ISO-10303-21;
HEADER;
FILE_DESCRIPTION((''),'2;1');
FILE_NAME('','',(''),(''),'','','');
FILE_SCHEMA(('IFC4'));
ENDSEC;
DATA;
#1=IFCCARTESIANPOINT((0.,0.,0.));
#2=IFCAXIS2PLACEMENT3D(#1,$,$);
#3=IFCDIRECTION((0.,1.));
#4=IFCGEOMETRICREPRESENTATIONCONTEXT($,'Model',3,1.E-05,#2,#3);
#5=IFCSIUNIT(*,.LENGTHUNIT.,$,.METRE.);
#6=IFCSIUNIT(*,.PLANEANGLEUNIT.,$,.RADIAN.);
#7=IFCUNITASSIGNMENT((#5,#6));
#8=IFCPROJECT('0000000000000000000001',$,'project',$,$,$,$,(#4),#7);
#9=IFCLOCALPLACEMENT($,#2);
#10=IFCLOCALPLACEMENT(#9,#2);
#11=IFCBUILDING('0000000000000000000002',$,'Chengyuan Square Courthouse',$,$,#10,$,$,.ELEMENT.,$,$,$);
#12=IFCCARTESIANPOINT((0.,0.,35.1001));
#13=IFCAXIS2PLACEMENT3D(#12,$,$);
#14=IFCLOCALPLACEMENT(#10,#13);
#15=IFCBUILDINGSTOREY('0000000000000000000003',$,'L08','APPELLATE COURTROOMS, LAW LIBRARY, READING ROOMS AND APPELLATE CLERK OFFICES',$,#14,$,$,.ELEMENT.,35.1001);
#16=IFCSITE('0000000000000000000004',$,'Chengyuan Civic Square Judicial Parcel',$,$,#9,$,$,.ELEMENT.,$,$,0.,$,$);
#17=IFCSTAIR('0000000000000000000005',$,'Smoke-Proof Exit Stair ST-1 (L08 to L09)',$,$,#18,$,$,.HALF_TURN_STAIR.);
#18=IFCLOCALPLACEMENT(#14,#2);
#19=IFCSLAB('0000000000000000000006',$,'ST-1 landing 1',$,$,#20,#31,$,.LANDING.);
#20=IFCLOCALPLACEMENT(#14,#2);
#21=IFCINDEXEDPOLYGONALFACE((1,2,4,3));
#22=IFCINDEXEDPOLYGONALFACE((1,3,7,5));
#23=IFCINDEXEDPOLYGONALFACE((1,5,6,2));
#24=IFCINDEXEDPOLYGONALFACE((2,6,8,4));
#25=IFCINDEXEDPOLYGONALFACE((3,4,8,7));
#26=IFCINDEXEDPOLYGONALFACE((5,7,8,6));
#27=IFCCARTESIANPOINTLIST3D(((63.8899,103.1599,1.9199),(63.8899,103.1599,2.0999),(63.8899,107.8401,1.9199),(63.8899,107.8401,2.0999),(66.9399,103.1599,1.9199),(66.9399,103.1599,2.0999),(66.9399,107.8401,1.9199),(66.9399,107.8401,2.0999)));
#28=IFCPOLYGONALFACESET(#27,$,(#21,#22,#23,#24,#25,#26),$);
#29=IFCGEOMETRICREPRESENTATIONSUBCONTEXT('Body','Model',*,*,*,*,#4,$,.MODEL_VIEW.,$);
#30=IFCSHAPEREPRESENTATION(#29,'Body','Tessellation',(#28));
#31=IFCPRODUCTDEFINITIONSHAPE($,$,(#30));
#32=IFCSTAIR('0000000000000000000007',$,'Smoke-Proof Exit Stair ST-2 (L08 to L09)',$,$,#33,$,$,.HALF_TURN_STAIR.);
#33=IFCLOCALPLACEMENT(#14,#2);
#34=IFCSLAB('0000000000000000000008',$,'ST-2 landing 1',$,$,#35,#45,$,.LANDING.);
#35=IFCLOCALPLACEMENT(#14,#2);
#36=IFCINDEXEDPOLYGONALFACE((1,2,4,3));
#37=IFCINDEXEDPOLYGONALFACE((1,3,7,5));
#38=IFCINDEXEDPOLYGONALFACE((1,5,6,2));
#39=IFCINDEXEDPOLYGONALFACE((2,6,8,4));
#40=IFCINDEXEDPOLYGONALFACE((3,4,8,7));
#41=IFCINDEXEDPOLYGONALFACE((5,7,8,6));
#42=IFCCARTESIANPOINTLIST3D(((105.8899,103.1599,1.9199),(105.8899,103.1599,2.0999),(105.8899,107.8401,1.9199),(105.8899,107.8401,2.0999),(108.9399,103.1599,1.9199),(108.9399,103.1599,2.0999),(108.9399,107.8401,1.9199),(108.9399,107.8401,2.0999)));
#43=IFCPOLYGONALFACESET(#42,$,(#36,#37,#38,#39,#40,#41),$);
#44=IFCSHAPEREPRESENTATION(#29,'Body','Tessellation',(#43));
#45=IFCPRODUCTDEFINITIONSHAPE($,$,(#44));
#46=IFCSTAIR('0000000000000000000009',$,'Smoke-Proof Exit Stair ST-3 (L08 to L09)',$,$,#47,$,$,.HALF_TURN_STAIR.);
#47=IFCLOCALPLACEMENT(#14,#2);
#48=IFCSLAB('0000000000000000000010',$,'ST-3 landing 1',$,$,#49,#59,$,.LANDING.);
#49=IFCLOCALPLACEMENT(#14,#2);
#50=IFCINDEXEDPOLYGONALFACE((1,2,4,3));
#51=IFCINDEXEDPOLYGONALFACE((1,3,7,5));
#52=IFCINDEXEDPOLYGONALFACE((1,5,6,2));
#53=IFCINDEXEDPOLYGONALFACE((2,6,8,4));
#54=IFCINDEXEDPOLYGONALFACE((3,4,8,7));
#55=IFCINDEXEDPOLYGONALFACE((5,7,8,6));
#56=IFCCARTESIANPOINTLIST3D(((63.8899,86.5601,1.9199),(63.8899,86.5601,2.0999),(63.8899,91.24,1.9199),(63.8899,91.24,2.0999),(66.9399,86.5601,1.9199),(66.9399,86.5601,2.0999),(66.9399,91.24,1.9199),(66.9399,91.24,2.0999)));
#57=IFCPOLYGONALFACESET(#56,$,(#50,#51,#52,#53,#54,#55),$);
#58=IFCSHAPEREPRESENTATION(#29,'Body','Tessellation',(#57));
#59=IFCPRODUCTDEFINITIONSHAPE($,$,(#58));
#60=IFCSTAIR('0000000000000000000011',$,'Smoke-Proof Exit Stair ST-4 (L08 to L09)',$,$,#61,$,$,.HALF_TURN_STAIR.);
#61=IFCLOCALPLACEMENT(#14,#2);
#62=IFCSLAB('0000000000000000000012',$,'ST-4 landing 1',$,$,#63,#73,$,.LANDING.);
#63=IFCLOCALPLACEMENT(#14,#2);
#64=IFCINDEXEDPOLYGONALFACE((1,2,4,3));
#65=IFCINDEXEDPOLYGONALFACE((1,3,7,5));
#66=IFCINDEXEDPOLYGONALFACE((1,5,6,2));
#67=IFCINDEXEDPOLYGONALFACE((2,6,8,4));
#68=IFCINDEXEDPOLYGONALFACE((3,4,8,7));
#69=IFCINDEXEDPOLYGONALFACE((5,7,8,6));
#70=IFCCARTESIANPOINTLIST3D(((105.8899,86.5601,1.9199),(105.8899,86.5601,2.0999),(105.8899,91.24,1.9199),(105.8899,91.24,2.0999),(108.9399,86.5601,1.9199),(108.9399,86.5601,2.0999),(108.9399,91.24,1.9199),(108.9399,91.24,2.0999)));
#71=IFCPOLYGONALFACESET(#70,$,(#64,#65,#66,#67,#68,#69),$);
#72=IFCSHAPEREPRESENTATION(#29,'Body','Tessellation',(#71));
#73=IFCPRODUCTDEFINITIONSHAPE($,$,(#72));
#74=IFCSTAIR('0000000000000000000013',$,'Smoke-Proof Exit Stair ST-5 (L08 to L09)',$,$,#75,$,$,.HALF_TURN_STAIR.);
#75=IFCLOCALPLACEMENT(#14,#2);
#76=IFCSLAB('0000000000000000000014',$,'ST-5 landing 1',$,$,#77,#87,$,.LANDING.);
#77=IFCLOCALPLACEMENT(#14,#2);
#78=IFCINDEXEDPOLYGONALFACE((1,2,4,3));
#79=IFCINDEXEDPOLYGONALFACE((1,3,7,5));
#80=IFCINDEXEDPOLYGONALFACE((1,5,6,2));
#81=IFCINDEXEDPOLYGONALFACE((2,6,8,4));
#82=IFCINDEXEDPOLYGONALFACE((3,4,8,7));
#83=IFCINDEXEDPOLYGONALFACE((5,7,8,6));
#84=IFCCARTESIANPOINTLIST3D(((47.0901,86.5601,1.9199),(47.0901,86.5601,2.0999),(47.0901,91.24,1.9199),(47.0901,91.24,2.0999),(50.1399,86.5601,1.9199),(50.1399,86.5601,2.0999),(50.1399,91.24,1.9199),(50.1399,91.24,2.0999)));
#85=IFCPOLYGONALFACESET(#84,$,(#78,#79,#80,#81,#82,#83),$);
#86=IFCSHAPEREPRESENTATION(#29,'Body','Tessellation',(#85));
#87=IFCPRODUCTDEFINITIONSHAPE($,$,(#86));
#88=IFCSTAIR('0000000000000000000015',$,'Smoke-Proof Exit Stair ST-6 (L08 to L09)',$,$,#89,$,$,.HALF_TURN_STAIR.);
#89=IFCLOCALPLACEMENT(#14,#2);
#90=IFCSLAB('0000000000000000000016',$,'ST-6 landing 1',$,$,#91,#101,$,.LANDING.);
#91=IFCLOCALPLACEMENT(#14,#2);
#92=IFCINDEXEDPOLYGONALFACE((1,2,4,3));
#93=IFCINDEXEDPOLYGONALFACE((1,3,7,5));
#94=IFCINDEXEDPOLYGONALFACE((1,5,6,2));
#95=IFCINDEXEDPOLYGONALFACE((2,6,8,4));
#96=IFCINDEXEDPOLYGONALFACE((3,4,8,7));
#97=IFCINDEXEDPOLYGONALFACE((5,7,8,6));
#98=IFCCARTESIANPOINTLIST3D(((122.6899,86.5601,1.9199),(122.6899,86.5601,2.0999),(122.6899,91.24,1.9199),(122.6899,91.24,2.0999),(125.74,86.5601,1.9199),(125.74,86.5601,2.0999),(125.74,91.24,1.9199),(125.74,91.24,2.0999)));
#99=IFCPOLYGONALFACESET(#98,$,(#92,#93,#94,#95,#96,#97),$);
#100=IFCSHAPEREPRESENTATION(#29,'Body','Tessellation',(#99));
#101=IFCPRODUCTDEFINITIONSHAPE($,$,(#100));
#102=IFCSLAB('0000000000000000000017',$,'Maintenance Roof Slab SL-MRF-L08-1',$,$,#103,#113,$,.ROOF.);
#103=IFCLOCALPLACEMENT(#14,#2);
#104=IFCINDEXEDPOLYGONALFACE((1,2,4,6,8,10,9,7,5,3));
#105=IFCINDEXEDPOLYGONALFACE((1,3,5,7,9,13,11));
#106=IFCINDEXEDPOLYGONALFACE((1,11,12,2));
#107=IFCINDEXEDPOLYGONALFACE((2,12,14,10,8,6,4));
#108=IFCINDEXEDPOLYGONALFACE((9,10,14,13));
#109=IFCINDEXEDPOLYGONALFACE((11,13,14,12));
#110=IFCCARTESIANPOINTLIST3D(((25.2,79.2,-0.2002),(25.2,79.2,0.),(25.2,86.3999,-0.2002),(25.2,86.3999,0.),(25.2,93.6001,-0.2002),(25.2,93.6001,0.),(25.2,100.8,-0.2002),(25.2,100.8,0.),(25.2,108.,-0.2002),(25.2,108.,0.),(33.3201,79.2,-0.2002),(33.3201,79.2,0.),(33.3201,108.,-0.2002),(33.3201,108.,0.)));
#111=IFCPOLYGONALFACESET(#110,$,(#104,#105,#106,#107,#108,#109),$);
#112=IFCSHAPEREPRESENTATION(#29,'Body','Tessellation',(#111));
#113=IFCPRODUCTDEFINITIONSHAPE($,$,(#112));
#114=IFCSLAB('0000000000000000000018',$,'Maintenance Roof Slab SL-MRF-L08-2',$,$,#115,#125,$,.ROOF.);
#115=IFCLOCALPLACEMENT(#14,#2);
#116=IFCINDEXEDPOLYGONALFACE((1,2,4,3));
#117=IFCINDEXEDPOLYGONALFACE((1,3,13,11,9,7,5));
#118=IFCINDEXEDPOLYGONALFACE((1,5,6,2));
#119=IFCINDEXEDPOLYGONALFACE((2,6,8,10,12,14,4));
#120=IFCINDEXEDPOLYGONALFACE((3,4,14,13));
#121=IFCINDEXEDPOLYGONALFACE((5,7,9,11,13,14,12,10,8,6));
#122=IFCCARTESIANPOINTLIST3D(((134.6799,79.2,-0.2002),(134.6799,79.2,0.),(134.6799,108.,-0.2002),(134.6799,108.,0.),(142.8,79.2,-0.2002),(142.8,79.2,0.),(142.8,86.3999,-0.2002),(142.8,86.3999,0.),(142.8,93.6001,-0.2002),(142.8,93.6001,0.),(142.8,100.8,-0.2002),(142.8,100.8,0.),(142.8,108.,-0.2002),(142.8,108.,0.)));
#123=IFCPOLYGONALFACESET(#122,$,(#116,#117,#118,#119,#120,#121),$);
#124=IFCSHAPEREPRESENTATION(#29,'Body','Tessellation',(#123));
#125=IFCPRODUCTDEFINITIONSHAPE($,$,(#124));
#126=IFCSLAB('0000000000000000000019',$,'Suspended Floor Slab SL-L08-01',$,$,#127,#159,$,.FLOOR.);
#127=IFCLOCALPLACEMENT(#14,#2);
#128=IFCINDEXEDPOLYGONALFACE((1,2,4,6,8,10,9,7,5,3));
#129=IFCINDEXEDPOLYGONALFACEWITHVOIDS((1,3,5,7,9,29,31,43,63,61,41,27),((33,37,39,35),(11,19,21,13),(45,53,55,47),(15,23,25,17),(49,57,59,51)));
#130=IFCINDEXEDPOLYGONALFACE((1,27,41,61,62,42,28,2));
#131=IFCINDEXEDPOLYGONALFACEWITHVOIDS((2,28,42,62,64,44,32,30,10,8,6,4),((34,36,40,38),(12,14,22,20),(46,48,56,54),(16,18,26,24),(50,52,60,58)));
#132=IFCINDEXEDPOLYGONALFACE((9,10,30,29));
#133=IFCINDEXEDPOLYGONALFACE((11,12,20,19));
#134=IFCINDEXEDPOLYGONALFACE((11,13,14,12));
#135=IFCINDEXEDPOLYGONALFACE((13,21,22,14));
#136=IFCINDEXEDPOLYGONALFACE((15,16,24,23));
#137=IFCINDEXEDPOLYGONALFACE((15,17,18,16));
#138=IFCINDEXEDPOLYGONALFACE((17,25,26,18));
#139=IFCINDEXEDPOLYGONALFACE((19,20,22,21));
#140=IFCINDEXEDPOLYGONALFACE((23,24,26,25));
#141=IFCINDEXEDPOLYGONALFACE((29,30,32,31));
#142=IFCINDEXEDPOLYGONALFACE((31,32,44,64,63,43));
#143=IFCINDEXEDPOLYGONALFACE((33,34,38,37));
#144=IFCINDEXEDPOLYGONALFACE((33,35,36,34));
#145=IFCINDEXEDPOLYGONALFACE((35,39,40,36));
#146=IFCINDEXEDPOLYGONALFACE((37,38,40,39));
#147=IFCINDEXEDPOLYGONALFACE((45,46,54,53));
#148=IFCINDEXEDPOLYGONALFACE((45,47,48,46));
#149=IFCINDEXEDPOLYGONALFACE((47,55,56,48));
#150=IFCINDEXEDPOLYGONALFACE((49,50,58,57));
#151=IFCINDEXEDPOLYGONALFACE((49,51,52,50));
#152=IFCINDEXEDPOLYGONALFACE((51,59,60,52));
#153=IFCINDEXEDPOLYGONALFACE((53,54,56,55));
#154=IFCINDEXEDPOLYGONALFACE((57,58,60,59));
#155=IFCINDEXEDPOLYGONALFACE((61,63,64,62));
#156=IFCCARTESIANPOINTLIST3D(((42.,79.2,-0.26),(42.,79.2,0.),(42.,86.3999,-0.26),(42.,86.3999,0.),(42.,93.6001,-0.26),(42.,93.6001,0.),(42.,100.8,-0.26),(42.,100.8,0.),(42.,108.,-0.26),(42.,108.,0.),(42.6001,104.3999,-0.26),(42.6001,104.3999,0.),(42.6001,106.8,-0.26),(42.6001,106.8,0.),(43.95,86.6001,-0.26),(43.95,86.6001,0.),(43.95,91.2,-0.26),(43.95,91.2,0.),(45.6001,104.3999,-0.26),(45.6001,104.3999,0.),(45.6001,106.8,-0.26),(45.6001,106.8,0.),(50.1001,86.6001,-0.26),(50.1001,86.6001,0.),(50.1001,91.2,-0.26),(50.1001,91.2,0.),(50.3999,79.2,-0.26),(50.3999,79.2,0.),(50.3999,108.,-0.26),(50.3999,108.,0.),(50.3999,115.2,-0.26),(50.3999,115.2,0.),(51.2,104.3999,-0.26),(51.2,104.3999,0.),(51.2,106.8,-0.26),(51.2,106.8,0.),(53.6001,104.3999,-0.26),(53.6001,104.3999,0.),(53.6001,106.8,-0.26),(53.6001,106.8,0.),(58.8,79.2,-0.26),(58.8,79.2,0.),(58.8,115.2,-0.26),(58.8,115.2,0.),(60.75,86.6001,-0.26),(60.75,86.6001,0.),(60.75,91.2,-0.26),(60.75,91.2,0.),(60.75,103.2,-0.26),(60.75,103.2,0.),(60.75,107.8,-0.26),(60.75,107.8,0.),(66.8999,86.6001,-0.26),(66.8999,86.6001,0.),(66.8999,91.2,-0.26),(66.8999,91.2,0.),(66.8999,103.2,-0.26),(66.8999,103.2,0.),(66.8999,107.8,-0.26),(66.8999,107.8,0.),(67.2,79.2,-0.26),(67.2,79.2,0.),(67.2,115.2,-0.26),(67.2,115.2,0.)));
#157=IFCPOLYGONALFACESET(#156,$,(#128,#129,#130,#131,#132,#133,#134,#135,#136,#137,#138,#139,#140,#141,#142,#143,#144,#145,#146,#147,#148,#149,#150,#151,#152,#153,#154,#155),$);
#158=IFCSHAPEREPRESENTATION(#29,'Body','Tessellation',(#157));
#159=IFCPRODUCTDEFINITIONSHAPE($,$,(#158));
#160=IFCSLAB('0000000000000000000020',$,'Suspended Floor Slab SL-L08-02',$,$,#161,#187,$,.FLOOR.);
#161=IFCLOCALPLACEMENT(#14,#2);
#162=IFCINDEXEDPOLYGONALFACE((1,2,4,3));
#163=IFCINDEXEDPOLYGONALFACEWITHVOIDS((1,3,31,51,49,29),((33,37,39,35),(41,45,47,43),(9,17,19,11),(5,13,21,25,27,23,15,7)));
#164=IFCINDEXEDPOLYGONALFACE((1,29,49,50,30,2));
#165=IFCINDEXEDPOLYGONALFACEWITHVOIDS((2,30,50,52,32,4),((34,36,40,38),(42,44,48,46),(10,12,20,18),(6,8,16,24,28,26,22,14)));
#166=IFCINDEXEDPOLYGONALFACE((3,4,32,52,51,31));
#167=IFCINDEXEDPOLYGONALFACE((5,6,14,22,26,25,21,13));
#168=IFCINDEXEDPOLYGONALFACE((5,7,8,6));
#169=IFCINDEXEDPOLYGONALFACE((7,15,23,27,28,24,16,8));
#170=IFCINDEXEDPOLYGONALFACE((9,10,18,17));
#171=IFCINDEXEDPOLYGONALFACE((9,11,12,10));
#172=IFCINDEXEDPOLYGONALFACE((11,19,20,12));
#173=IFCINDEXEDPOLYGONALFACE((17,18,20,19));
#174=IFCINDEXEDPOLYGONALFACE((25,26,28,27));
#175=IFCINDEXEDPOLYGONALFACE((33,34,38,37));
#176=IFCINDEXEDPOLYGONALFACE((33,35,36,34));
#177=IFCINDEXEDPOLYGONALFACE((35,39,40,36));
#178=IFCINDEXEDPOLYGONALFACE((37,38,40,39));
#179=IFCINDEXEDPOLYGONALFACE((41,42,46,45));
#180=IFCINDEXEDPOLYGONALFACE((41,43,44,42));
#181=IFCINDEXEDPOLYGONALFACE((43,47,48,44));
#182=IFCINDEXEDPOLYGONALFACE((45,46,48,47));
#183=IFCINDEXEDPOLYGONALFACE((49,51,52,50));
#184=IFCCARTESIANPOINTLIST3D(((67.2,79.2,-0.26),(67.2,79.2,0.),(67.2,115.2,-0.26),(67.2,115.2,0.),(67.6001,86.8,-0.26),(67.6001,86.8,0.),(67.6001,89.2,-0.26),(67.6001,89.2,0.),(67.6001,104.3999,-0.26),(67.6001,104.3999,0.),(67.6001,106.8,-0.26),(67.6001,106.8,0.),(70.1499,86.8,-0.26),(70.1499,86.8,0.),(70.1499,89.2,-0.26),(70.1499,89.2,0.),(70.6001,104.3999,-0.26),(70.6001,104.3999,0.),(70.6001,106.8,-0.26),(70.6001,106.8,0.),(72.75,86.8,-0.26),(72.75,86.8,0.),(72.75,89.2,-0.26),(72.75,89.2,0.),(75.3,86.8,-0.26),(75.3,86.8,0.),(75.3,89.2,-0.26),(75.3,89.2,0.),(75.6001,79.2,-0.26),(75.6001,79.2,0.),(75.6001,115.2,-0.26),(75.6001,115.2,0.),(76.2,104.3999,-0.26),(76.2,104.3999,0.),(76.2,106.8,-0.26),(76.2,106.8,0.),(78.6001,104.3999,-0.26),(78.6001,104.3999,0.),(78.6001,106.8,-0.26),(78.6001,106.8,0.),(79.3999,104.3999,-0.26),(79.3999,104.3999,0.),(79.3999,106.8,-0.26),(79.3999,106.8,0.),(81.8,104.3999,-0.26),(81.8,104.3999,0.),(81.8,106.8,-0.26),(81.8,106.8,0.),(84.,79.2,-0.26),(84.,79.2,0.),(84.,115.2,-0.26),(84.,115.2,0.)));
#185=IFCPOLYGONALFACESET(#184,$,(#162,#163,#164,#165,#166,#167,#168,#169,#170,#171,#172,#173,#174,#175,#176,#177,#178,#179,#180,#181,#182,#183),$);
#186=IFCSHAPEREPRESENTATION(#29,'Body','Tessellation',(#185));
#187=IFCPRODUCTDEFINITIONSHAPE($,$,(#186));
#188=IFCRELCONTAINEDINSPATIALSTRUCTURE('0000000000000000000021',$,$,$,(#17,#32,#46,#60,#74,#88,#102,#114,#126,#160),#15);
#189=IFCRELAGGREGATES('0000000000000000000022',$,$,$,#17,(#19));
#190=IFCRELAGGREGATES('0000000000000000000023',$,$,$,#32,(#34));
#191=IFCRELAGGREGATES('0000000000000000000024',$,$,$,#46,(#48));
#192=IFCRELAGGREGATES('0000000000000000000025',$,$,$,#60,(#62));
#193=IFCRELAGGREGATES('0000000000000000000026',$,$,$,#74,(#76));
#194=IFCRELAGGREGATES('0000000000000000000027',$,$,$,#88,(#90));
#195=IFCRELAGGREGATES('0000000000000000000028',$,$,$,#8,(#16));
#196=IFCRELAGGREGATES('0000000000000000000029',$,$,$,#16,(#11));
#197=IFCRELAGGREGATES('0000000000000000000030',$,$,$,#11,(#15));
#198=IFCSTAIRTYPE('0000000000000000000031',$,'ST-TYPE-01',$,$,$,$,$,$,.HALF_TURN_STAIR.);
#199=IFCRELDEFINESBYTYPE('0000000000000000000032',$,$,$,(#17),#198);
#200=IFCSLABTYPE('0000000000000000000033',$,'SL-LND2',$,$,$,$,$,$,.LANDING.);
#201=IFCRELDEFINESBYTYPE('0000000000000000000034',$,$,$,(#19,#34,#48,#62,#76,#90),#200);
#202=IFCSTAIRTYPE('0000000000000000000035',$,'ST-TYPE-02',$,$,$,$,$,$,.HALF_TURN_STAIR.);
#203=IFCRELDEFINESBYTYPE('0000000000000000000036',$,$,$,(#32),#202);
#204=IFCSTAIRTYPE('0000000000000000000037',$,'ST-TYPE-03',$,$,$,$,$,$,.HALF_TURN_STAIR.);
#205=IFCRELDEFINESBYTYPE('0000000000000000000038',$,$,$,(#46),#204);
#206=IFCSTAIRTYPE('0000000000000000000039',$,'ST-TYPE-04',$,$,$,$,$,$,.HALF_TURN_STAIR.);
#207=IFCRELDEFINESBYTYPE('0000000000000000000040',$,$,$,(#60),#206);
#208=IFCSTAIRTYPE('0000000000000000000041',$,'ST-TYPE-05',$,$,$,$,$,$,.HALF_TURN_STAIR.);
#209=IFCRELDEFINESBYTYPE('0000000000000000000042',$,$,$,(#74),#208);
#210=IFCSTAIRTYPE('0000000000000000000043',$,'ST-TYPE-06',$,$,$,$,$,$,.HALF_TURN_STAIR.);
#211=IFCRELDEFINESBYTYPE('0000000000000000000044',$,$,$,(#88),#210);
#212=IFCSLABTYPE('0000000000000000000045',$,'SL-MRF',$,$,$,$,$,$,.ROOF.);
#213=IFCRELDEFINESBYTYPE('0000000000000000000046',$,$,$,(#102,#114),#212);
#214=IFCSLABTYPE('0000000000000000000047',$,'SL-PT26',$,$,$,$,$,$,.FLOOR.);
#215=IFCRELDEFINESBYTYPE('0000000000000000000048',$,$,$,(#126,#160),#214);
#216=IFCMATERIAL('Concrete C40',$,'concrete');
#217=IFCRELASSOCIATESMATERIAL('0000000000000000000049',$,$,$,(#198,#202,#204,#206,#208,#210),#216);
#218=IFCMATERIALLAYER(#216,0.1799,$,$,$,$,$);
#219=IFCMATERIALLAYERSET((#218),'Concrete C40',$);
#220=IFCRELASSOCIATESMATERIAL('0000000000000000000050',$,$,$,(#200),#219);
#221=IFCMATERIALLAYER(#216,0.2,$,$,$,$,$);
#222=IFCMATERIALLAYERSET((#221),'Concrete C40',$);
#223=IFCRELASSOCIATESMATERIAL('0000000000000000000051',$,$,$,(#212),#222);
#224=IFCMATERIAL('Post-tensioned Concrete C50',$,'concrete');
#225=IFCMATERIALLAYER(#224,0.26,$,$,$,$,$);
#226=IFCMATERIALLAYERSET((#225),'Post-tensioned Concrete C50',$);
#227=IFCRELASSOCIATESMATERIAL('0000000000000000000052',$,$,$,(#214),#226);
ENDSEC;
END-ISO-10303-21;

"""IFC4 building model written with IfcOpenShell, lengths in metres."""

from ifc_helpers import new_model, si_unit, direction, frame, origin, place, context, subcontext, project, spatial, polyline, outline, extrude, material, layer, layer_set, type_object, element, aggregate, save


model = new_model("IFC4")

# Units and contexts
model_context = context("Model", 3, precision=1e-05, world=origin(), true_north=direction((0.0, 1.0)))
body_context = subcontext(model_context, "Body", "Model", "MODEL_VIEW")
ifc_project = project(units=[si_unit("LENGTHUNIT", "METRE"), si_unit("PLANEANGLEUNIT", "RADIAN")], contexts=[model_context])

# Site, building, storey
site_placement = place(None, origin())
site = spatial("IfcSite", under=ifc_project, at=site_placement, Name="Chengyuan Civic Square Judicial Parcel", CompositionType="ELEMENT", RefElevation=0.0)
building_placement = place(site_placement, origin())
building = spatial("IfcBuilding", under=site, at=building_placement, Name="Chengyuan Square Courthouse", CompositionType="ELEMENT")
storey_placement = place(building_placement, frame((0.0, 0.0, 35.1001)))
storey = spatial("IfcBuildingStorey", under=building, at=storey_placement, Name="L08", Description="APPELLATE COURTROOMS, LAW LIBRARY, READING ROOMS AND APPELLATE CLERK OFFICES", CompositionType="ELEMENT", Elevation=35.1001)

# Stairs, slabs
ifc_material_1 = material(Name="Concrete C40", Category="concrete")
stair_type_1 = type_object("IfcStairType", Name="ST-TYPE-01", PredefinedType="HALF_TURN_STAIR", material=ifc_material_1)
stair_1_placement = place(storey_placement, origin())
stair_1 = element("IfcStair", 1, at=stair_1_placement, inside=storey, type_object=stair_type_1, Name="Smoke-Proof Exit Stair ST-1 (L08 to L09)", PredefinedType="HALF_TURN_STAIR")
ifc_layer_1 = layer(ifc_material_1, 0.1799)
ifc_layer_set_1 = layer_set([ifc_layer_1], Name="Concrete C40")
slab_type_1 = type_object("IfcSlabType", Name="SL-LND2", PredefinedType="LANDING", material=ifc_layer_set_1)
slab_1_placement = place(storey_placement, frame((0.0, 0.0, 1.9199)))
slab_1 = element("IfcSlab", 2, at=slab_1_placement, type_object=slab_type_1, Name="ST-1 landing 1", PredefinedType="LANDING", context=body_context, shape_type="SweptSolid", body=[
    extrude(outline(polyline([(63.8899, 103.1599), (66.9399, 103.1599), (66.9399, 107.8401), (63.8899, 107.8401), (63.8899, 103.1599)])), origin(), (0.0, 0.0, 1.0), 0.1799),
])
aggregate(stair_1, [slab_1])
stair_type_2 = type_object("IfcStairType", Name="ST-TYPE-02", PredefinedType="HALF_TURN_STAIR", material=ifc_material_1)
stair_2_placement = place(storey_placement, origin())
stair_2 = element("IfcStair", 3, at=stair_2_placement, inside=storey, type_object=stair_type_2, Name="Smoke-Proof Exit Stair ST-2 (L08 to L09)", PredefinedType="HALF_TURN_STAIR")
slab_2_placement = place(storey_placement, frame((0.0, 0.0, 1.9199)))
slab_2 = element("IfcSlab", 4, at=slab_2_placement, type_object=slab_type_1, Name="ST-2 landing 1", PredefinedType="LANDING", context=body_context, shape_type="SweptSolid", body=[
    extrude(outline(polyline([(105.8899, 103.1599), (108.9399, 103.1599), (108.9399, 107.8401), (105.8899, 107.8401), (105.8899, 103.1599)])), origin(), (0.0, 0.0, 1.0), 0.1799),
])
aggregate(stair_2, [slab_2])
stair_type_3 = type_object("IfcStairType", Name="ST-TYPE-03", PredefinedType="HALF_TURN_STAIR", material=ifc_material_1)
stair_3_placement = place(storey_placement, origin())
stair_3 = element("IfcStair", 5, at=stair_3_placement, inside=storey, type_object=stair_type_3, Name="Smoke-Proof Exit Stair ST-3 (L08 to L09)", PredefinedType="HALF_TURN_STAIR")
slab_3_placement = place(storey_placement, frame((0.0, 0.0, 1.9199)))
slab_3 = element("IfcSlab", 6, at=slab_3_placement, type_object=slab_type_1, Name="ST-3 landing 1", PredefinedType="LANDING", context=body_context, shape_type="SweptSolid", body=[
    extrude(outline(polyline([(63.8899, 86.5601), (66.9399, 86.5601), (66.9399, 91.24), (63.8899, 91.24), (63.8899, 86.5601)])), origin(), (0.0, 0.0, 1.0), 0.1799),
])
aggregate(stair_3, [slab_3])
stair_type_4 = type_object("IfcStairType", Name="ST-TYPE-04", PredefinedType="HALF_TURN_STAIR", material=ifc_material_1)
stair_4_placement = place(storey_placement, origin())
stair_4 = element("IfcStair", 7, at=stair_4_placement, inside=storey, type_object=stair_type_4, Name="Smoke-Proof Exit Stair ST-4 (L08 to L09)", PredefinedType="HALF_TURN_STAIR")
slab_4_placement = place(storey_placement, frame((0.0, 0.0, 1.9199)))
slab_4 = element("IfcSlab", 8, at=slab_4_placement, type_object=slab_type_1, Name="ST-4 landing 1", PredefinedType="LANDING", context=body_context, shape_type="SweptSolid", body=[
    extrude(outline(polyline([(105.8899, 86.5601), (108.9399, 86.5601), (108.9399, 91.24), (105.8899, 91.24), (105.8899, 86.5601)])), origin(), (0.0, 0.0, 1.0), 0.1799),
])
aggregate(stair_4, [slab_4])
stair_type_5 = type_object("IfcStairType", Name="ST-TYPE-05", PredefinedType="HALF_TURN_STAIR", material=ifc_material_1)
stair_5_placement = place(storey_placement, origin())
stair_5 = element("IfcStair", 9, at=stair_5_placement, inside=storey, type_object=stair_type_5, Name="Smoke-Proof Exit Stair ST-5 (L08 to L09)", PredefinedType="HALF_TURN_STAIR")
slab_5_placement = place(storey_placement, frame((0.0, 0.0, 1.9199)))
slab_5 = element("IfcSlab", 10, at=slab_5_placement, type_object=slab_type_1, Name="ST-5 landing 1", PredefinedType="LANDING", context=body_context, shape_type="SweptSolid", body=[
    extrude(outline(polyline([(47.0901, 86.5601), (50.1399, 86.5601), (50.1399, 91.24), (47.0901, 91.24), (47.0901, 86.5601)])), origin(), (0.0, 0.0, 1.0), 0.1799),
])
aggregate(stair_5, [slab_5])
stair_type_6 = type_object("IfcStairType", Name="ST-TYPE-06", PredefinedType="HALF_TURN_STAIR", material=ifc_material_1)
stair_6_placement = place(storey_placement, origin())
stair_6 = element("IfcStair", 11, at=stair_6_placement, inside=storey, type_object=stair_type_6, Name="Smoke-Proof Exit Stair ST-6 (L08 to L09)", PredefinedType="HALF_TURN_STAIR")
slab_6_placement = place(storey_placement, frame((0.0, 0.0, 1.9199)))
slab_6 = element("IfcSlab", 12, at=slab_6_placement, type_object=slab_type_1, Name="ST-6 landing 1", PredefinedType="LANDING", context=body_context, shape_type="SweptSolid", body=[
    extrude(outline(polyline([(122.6899, 86.5601), (125.74, 86.5601), (125.74, 91.24), (122.6899, 91.24), (122.6899, 86.5601)])), origin(), (0.0, 0.0, 1.0), 0.1799),
])
aggregate(stair_6, [slab_6])

# Slabs
ifc_layer_2 = layer(ifc_material_1, 0.2)
ifc_layer_set_2 = layer_set([ifc_layer_2], Name="Concrete C40")
slab_type_2 = type_object("IfcSlabType", Name="SL-MRF", PredefinedType="ROOF", material=ifc_layer_set_2)
slab_7_placement = place(storey_placement, frame((0.0, 0.0, -0.2002)))
element("IfcSlab", 13, at=slab_7_placement, inside=storey, type_object=slab_type_2, Name="Maintenance Roof Slab SL-MRF-L08-1", PredefinedType="ROOF", context=body_context, shape_type="SweptSolid", body=[
    extrude(outline(polyline([(25.2, 86.3999), (25.2, 93.6001), (25.2, 100.8), (25.2, 108.0), (33.3201, 108.0), (33.3201, 79.2), (25.2, 79.2), (25.2, 86.3999)])), origin(), (0.0, 0.0, 1.0), 0.2002),
])
slab_8_placement = place(storey_placement, frame((0.0, 0.0, -0.2002)))
element("IfcSlab", 14, at=slab_8_placement, inside=storey, type_object=slab_type_2, Name="Maintenance Roof Slab SL-MRF-L08-2", PredefinedType="ROOF", context=body_context, shape_type="SweptSolid", body=[
    extrude(outline(polyline([(142.8, 108.0), (142.8, 100.8), (142.8, 93.6001), (142.8, 86.3999), (142.8, 79.2), (134.6799, 79.2), (134.6799, 108.0), (142.8, 108.0)])), origin(), (0.0, 0.0, 1.0), 0.2002),
])
ifc_material_2 = material(Name="Post-tensioned Concrete C50", Category="concrete")
ifc_layer_3 = layer(ifc_material_2, 0.26)
ifc_layer_set_3 = layer_set([ifc_layer_3], Name="Post-tensioned Concrete C50")
slab_type_3 = type_object("IfcSlabType", Name="SL-PT26", PredefinedType="FLOOR", material=ifc_layer_set_3)
slab_9_placement = place(storey_placement, frame((0.0, 0.0, -0.26)))
element("IfcSlab", 15, at=slab_9_placement, inside=storey, type_object=slab_type_3, Name="Suspended Floor Slab SL-L08-01", PredefinedType="FLOOR", context=body_context, shape_type="SweptSolid", body=[
    extrude(outline(polyline([(50.3999, 115.2), (58.8, 115.2), (67.2, 115.2), (67.2, 79.2), (58.8, 79.2), (50.3999, 79.2), (42.0, 79.2), (42.0, 86.3999), (42.0, 93.6001), (42.0, 100.8), (42.0, 108.0), (50.3999, 108.0), (50.3999, 115.2)]), holes=[polyline([(50.1001, 91.2), (43.95, 91.2), (43.95, 86.6001), (50.1001, 86.6001), (50.1001, 91.2)]), polyline([(66.8999, 91.2), (60.75, 91.2), (60.75, 86.6001), (66.8999, 86.6001), (66.8999, 91.2)]), polyline([(60.75, 107.8), (60.75, 103.2), (66.8999, 103.2), (66.8999, 107.8), (60.75, 107.8)]), polyline([(45.6001, 106.8), (42.6001, 106.8), (42.6001, 104.3999), (45.6001, 104.3999), (45.6001, 106.8)]), polyline([(53.6001, 106.8), (51.2, 106.8), (51.2, 104.3999), (53.6001, 104.3999), (53.6001, 106.8)])]), origin(), (0.0, 0.0, 1.0), 0.26),
])
slab_10_placement = place(storey_placement, frame((0.0, 0.0, -0.26)))
element("IfcSlab", 16, at=slab_10_placement, inside=storey, type_object=slab_type_3, Name="Suspended Floor Slab SL-L08-02", PredefinedType="FLOOR", context=body_context, shape_type="SweptSolid", body=[
    extrude(outline(polyline([(75.6001, 115.2), (84.0, 115.2), (84.0, 79.2), (75.6001, 79.2), (67.2, 79.2), (67.2, 115.2), (75.6001, 115.2)]), holes=[polyline([(67.6001, 89.2), (67.6001, 86.8), (70.1499, 86.8), (72.75, 86.8), (75.3, 86.8), (75.3, 89.2), (72.75, 89.2), (70.1499, 89.2), (67.6001, 89.2)]), polyline([(67.6001, 106.8), (67.6001, 104.3999), (70.6001, 104.3999), (70.6001, 106.8), (67.6001, 106.8)]), polyline([(78.6001, 106.8), (76.2, 106.8), (76.2, 104.3999), (78.6001, 104.3999), (78.6001, 106.8)]), polyline([(81.8, 106.8), (79.3999, 106.8), (79.3999, 104.3999), (81.8, 104.3999), (81.8, 106.8)])]), origin(), (0.0, 0.0, 1.0), 0.26),
])

save(model, "model.ifc")
